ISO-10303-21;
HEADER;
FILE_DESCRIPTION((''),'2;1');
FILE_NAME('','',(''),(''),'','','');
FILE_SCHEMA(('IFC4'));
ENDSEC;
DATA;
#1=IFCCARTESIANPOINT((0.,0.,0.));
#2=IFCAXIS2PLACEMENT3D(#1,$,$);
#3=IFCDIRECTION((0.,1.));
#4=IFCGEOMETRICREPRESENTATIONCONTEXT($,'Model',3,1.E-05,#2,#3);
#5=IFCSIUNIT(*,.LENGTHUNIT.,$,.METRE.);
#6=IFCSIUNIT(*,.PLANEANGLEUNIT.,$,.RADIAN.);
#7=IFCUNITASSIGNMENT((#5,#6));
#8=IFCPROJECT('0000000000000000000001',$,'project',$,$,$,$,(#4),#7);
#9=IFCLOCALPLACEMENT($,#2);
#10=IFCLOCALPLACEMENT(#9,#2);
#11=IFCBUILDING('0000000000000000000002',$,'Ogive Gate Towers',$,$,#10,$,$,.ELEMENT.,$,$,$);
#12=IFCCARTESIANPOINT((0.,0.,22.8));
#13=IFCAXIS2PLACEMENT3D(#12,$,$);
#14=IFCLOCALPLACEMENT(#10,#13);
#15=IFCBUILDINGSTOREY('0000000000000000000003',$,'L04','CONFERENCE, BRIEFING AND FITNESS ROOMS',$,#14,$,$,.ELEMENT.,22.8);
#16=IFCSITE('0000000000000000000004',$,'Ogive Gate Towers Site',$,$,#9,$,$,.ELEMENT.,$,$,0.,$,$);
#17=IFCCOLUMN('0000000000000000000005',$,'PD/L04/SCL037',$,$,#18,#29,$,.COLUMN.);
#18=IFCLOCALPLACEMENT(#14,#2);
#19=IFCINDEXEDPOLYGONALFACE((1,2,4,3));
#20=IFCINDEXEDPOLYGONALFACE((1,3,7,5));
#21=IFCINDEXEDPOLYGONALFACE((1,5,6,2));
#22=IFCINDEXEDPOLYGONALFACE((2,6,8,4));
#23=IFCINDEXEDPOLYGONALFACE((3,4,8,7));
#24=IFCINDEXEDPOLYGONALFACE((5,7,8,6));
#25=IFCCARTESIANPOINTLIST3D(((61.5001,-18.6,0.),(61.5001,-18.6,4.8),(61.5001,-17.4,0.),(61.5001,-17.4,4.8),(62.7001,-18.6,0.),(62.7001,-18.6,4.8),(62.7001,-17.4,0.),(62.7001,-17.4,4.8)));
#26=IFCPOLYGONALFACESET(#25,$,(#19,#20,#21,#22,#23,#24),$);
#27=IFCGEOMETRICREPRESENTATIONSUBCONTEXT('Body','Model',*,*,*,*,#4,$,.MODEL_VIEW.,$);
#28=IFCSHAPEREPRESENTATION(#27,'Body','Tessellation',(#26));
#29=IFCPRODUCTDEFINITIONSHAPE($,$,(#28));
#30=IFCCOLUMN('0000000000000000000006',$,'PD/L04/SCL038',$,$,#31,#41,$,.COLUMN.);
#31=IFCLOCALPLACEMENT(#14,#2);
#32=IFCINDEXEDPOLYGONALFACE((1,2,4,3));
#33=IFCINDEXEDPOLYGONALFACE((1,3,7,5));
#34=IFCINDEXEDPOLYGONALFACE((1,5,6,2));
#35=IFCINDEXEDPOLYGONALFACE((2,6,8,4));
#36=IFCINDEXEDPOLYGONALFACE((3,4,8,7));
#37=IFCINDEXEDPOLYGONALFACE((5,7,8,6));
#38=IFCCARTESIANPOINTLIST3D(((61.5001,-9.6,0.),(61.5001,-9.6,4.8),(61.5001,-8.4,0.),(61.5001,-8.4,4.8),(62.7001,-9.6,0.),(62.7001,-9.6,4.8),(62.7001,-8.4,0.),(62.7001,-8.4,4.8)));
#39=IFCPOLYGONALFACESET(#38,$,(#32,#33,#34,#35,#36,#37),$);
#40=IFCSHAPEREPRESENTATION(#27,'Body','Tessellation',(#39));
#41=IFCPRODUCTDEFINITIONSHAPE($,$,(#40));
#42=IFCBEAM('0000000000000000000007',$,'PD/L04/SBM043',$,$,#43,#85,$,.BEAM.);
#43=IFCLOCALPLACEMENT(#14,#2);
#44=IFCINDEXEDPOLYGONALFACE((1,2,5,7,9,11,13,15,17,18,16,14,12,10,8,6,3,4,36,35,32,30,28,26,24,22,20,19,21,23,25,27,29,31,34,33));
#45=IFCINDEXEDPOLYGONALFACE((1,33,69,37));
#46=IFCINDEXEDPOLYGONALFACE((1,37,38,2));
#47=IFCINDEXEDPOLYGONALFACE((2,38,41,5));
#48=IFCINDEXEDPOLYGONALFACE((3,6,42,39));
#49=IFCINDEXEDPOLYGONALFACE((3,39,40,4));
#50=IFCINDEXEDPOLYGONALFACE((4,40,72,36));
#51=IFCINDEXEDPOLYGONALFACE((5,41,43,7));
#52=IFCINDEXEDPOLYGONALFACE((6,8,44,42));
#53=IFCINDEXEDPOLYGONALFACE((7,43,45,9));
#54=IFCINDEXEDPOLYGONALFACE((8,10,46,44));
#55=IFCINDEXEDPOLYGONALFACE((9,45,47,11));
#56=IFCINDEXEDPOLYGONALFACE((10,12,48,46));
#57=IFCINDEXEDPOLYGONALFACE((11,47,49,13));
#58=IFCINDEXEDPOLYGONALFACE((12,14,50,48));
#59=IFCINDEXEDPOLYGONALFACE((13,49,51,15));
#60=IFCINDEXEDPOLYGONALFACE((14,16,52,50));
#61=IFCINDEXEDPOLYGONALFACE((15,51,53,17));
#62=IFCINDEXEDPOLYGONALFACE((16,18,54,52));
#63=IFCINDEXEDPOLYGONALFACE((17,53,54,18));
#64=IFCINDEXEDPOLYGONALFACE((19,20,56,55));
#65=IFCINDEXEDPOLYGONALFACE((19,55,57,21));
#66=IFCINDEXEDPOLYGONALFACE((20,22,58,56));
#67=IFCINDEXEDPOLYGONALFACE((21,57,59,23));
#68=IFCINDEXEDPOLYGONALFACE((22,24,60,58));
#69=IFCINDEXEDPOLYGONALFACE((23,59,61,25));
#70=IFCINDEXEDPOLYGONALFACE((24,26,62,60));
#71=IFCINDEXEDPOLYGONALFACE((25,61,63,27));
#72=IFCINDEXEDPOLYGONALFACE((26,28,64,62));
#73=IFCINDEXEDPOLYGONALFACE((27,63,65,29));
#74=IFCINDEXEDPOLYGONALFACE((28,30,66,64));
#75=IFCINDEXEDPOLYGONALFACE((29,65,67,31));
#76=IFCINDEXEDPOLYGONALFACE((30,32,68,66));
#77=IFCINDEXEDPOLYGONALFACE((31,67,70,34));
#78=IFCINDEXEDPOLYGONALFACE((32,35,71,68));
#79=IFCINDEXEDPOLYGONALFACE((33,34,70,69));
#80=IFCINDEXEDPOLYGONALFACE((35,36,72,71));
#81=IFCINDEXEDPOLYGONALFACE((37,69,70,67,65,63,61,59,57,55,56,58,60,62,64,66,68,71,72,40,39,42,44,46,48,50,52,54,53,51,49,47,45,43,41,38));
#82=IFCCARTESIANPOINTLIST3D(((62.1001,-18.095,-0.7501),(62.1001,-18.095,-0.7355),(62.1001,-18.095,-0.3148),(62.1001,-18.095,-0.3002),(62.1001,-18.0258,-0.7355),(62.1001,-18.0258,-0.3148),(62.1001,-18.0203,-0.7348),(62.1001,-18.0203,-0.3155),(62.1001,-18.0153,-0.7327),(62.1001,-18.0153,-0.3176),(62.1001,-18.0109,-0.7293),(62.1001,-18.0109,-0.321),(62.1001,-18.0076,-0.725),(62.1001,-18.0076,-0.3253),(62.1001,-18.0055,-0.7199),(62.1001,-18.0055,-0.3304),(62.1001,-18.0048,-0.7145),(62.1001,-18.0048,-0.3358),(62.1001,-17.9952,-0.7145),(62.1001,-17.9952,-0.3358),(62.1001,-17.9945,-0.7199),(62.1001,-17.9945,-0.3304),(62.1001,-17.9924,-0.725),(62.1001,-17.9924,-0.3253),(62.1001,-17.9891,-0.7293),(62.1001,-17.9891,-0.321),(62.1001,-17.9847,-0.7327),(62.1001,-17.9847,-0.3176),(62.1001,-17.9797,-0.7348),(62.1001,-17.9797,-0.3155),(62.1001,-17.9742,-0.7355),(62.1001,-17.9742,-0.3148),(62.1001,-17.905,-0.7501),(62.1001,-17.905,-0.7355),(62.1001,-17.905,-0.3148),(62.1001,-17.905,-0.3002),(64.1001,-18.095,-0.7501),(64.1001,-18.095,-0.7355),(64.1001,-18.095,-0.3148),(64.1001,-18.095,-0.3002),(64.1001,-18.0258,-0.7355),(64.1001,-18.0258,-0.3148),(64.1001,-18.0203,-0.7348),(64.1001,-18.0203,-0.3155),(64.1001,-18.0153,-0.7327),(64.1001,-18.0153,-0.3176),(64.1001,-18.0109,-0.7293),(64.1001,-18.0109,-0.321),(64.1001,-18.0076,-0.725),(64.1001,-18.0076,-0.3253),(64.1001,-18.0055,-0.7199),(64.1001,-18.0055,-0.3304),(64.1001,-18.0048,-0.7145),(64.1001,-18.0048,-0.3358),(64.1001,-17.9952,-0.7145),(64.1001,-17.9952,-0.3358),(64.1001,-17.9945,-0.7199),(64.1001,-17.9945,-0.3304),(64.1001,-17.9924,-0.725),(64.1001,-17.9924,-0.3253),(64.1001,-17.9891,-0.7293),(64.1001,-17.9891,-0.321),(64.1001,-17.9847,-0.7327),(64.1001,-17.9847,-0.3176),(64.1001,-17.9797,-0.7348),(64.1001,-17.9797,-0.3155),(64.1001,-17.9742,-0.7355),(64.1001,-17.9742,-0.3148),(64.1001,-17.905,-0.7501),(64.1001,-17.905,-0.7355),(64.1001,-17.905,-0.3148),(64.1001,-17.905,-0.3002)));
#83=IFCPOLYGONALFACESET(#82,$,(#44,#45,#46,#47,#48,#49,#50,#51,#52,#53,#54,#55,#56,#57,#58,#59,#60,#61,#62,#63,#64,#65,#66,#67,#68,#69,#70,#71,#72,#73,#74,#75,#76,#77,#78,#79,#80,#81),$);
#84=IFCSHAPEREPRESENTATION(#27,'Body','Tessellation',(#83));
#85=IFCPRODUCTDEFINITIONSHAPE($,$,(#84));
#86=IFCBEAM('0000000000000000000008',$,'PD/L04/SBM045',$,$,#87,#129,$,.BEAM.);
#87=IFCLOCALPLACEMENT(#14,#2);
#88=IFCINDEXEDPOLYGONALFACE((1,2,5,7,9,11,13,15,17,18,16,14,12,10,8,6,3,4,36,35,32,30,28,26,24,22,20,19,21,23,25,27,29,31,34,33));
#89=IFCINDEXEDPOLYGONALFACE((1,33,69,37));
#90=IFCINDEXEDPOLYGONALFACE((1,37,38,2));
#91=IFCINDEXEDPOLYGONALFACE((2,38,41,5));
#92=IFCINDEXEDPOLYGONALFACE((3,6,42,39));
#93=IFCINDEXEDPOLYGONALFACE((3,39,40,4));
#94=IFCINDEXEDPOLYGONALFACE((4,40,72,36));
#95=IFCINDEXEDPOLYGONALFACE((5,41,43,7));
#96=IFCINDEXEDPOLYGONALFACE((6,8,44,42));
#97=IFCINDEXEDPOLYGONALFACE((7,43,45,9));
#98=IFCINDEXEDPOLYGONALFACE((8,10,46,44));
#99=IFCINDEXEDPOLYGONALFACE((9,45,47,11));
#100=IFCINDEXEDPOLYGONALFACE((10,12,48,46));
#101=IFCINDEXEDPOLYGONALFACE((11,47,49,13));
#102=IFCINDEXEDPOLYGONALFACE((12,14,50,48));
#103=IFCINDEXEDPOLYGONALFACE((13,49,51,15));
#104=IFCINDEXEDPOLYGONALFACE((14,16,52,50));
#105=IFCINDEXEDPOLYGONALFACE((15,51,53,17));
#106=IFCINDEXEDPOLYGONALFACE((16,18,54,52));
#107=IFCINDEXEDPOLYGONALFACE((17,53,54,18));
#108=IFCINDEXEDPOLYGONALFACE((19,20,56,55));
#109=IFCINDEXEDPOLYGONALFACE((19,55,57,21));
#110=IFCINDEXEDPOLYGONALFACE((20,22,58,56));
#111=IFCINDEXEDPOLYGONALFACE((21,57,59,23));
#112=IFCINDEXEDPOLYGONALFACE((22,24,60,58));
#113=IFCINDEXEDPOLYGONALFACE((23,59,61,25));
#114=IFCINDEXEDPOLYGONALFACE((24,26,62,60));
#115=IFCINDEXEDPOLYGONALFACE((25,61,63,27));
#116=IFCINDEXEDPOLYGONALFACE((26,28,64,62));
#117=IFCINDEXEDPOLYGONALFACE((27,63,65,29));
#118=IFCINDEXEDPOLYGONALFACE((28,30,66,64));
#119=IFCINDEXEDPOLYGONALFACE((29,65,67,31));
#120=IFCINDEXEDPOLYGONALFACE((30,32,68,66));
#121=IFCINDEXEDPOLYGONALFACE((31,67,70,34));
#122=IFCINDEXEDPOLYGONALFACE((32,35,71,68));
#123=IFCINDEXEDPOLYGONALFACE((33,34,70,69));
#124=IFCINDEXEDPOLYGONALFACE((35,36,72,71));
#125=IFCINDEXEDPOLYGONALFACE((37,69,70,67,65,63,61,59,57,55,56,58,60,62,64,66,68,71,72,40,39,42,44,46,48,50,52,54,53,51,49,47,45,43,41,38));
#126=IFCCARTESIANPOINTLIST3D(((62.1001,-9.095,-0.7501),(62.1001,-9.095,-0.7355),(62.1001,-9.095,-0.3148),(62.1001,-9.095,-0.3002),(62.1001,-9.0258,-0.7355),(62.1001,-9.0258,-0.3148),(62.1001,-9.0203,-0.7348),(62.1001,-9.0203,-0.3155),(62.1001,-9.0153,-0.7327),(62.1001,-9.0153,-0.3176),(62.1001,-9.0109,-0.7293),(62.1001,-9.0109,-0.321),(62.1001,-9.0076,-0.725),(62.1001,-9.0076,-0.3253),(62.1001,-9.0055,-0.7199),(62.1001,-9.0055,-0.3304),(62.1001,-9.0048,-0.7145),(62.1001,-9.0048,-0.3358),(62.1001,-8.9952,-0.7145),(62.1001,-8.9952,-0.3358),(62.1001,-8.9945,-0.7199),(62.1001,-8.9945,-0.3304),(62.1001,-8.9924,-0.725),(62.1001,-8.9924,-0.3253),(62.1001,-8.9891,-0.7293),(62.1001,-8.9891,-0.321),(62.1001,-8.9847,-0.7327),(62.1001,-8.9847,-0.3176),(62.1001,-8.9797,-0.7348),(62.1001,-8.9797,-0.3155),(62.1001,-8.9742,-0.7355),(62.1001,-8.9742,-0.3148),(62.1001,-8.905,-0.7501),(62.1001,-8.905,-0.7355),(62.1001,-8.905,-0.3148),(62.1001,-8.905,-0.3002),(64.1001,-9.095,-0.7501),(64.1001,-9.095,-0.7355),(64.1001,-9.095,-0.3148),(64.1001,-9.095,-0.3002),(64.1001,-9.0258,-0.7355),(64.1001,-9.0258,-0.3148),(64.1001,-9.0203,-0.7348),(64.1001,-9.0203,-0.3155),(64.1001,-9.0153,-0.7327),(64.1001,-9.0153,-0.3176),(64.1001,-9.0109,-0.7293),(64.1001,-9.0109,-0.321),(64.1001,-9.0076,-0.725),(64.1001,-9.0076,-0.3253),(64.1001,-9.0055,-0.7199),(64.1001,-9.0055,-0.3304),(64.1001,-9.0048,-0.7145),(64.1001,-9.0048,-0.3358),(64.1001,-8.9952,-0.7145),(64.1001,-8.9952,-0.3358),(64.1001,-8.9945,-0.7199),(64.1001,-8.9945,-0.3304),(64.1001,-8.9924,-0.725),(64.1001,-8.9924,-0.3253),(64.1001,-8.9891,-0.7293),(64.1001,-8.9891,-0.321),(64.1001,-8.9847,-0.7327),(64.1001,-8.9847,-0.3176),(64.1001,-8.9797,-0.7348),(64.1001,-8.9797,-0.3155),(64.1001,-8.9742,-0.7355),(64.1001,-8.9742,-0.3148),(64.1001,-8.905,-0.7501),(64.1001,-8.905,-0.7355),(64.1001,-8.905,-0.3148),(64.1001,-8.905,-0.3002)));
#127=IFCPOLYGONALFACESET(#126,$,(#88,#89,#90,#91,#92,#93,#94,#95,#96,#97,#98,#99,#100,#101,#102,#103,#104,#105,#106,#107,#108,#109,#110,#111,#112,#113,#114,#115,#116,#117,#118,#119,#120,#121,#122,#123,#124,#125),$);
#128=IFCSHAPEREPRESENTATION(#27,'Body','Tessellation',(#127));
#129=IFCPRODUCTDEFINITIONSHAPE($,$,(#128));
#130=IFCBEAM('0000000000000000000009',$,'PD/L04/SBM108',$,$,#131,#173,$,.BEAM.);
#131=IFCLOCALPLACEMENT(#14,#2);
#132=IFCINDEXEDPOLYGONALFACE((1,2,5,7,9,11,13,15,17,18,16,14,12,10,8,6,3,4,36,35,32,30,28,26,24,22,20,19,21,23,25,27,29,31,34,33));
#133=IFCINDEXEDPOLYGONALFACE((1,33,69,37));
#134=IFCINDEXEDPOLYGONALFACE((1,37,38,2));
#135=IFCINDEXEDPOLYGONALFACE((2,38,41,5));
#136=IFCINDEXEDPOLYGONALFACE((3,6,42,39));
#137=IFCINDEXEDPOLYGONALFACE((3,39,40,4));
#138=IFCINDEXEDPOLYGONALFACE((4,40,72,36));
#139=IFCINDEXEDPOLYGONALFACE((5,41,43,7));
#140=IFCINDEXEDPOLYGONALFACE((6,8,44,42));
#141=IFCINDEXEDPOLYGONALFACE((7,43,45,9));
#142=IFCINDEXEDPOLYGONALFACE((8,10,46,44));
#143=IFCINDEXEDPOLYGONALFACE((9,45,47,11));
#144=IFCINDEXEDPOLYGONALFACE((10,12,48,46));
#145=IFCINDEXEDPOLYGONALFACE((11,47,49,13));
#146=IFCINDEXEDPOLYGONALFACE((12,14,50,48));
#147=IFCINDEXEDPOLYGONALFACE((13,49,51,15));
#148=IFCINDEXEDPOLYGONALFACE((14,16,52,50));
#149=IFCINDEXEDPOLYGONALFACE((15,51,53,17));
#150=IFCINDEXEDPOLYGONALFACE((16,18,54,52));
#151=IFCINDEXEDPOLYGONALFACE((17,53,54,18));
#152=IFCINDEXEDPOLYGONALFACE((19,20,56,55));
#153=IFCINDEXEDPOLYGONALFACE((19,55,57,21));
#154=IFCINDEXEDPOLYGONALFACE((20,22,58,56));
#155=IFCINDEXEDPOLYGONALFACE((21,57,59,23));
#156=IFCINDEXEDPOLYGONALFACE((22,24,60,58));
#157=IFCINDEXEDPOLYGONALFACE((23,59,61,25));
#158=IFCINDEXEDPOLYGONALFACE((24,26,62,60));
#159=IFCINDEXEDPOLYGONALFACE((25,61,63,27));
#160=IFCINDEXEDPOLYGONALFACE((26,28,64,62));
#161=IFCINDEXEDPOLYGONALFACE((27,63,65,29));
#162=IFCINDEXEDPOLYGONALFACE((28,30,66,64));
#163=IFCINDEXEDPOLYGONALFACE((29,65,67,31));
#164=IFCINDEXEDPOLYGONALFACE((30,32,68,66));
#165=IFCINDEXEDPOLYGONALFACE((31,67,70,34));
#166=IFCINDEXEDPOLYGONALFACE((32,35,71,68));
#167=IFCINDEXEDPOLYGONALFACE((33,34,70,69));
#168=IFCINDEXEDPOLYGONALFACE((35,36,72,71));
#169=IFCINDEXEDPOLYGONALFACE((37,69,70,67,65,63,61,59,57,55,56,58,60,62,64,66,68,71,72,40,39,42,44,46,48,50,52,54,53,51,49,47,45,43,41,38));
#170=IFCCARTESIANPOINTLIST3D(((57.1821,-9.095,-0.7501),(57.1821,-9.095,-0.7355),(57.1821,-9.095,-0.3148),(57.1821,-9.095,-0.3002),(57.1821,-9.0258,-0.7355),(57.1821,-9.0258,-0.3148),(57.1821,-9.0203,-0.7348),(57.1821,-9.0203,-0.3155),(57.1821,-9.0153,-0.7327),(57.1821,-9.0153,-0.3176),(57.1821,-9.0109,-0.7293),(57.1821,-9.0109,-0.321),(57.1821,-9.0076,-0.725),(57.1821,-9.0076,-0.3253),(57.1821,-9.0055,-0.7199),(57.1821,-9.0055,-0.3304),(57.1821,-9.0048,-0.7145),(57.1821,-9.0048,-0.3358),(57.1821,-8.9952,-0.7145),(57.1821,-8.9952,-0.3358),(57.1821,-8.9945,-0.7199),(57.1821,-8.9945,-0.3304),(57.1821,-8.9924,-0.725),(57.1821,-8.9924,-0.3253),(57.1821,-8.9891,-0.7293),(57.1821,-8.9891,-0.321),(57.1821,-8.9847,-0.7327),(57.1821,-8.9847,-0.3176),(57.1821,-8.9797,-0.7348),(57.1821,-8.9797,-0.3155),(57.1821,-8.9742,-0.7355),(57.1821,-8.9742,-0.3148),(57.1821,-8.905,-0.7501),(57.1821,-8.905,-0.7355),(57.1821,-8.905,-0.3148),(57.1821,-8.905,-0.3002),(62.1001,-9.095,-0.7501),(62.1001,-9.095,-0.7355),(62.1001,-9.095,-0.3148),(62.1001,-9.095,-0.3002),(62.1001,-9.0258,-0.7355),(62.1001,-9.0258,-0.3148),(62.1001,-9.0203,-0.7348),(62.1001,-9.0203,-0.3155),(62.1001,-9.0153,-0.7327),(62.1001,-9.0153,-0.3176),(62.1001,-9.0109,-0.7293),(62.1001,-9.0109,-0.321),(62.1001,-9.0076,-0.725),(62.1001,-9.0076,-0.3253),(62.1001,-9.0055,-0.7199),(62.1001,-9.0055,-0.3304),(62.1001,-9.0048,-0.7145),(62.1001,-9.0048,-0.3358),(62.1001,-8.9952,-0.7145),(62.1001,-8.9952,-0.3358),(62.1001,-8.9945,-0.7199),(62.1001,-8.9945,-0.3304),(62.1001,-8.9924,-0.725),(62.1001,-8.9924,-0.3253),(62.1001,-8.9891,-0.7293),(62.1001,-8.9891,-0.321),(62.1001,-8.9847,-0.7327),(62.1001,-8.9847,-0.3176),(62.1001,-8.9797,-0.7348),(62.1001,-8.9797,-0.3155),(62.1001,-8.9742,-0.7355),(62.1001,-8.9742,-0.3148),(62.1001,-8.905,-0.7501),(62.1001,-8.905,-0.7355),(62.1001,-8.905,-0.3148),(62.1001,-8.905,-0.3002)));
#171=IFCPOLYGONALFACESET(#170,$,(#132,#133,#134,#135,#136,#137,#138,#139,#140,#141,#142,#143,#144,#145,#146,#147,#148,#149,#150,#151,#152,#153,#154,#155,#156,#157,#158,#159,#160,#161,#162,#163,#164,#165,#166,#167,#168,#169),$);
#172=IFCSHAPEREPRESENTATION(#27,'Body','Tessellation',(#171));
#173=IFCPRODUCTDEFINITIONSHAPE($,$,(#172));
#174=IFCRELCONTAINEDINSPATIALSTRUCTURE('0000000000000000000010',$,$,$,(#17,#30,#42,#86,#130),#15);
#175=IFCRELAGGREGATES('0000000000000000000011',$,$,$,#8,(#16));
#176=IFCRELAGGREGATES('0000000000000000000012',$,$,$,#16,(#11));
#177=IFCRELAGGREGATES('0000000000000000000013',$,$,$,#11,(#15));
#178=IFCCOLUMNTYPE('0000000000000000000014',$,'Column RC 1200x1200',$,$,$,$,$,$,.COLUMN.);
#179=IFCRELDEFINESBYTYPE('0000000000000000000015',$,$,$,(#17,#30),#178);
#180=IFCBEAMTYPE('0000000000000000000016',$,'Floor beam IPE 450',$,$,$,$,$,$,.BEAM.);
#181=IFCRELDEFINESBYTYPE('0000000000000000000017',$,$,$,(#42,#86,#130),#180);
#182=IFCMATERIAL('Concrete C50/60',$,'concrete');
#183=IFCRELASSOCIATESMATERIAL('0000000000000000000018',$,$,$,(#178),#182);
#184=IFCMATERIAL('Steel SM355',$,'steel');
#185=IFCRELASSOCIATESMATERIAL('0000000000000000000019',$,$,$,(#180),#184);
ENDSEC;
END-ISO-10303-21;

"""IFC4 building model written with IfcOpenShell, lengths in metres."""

from ifc_helpers import new_model, si_unit, direction, frame, origin, origin_2d, place, context, subcontext, project, spatial, rectangle, i_section, extrude, material, material_profile, profile_set, type_object, element, save


model = new_model("IFC4")

# Units and contexts
model_context = context("Model", 3, precision=1e-05, world=origin(), true_north=direction((0.0, 1.0)))
body_context = subcontext(model_context, "Body", "Model", "MODEL_VIEW")
ifc_project = project(units=[si_unit("LENGTHUNIT", "METRE"), si_unit("PLANEANGLEUNIT", "RADIAN")], contexts=[model_context])

# Site, building, storey
site_placement = place(None, origin())
site = spatial("IfcSite", under=ifc_project, at=site_placement, Name="Ogive Gate Towers Site", CompositionType="ELEMENT", RefElevation=0.0)
building_placement = place(site_placement, origin())
building = spatial("IfcBuilding", under=site, at=building_placement, Name="Ogive Gate Towers", CompositionType="ELEMENT")
storey_placement = place(building_placement, frame((0.0, 0.0, 22.8)))
storey = spatial("IfcBuildingStorey", under=building, at=storey_placement, Name="L04", Description="CONFERENCE, BRIEFING AND FITNESS ROOMS", CompositionType="ELEMENT", Elevation=22.8)

# Columns
ifc_material_1 = material(Name="Concrete C50/60", Category="concrete")
ifc_material_profile_1 = material_profile(ifc_material_1, rectangle(XDim=1.2, YDim=1.2, at=origin_2d()), Name="RC 1200x1200")
ifc_profile_set_1 = profile_set([ifc_material_profile_1], Name="Concrete C50/60")
column_type = type_object("IfcColumnType", Name="Column RC 1200x1200", PredefinedType="COLUMN", material=ifc_profile_set_1)
for number, where, z_axis, x_axis, name in (
    (1, (62.1001, -18.0, 0.0), (0.0, 0.0, 1.0), (1.0, 0.0, 0.0), "PD/L04/SCL037"),
    (2, (62.1001, -9.0, 0.0), (0.0, 0.0, 1.0), (1.0, 0.0, 0.0), "PD/L04/SCL038"),
):
    element("IfcColumn", number, at=place(storey_placement, frame(where, z_axis=z_axis, x_axis=x_axis)), inside=storey, type_object=column_type, Name=name, PredefinedType="COLUMN", context=body_context, shape_type="SweptSolid", body=[
        extrude(rectangle(XDim=1.2, YDim=1.2, at=origin_2d()), origin(), (0.0, 0.0, 1.0), 4.8),
    ])

# Beams
ifc_material_2 = material(Name="Steel SM355", Category="steel")
ifc_material_profile_2 = material_profile(ifc_material_2, i_section(OverallWidth=0.1899, OverallDepth=0.45, WebThickness=0.0095, FlangeThickness=0.0146, FilletRadius=0.021, at=origin_2d()), Name="IPE 450")
ifc_profile_set_2 = profile_set([ifc_material_profile_2], Name="Steel SM355")
beam_type_1 = type_object("IfcBeamType", Name="Floor beam IPE 450", PredefinedType="BEAM", material=ifc_profile_set_2)
for number, where, z_axis, x_axis, name in (
    (3, (62.1001, -18.0, -0.5251), (1.0, 0.0, 0.0), (0.0, 1.0, 0.0), "PD/L04/SBM043"),
    (4, (62.1001, -9.0, -0.5251), (1.0, 0.0, 0.0), (0.0, 1.0, 0.0), "PD/L04/SBM045"),
):
    element("IfcBeam", number, at=place(storey_placement, frame(where, z_axis=z_axis, x_axis=x_axis)), inside=storey, type_object=beam_type_1, Name=name, PredefinedType="BEAM", context=body_context, shape_type="SweptSolid", body=[
        extrude(i_section(OverallWidth=0.1899, OverallDepth=0.45, WebThickness=0.0095, FlangeThickness=0.0146, FilletRadius=0.021, at=origin_2d()), origin(), (0.0, 0.0, 1.0), 2.0),
    ])
beam_1_placement = place(storey_placement, frame((62.1001, -9.0, -0.5251), z_axis=(-1.0, 0.0, 0.0), x_axis=(0.0, -1.0, 0.0)))
element("IfcBeam", 5, at=beam_1_placement, inside=storey, type_object=beam_type_1, Name="PD/L04/SBM108", PredefinedType="BEAM", context=body_context, shape_type="SweptSolid", body=[
    extrude(i_section(OverallWidth=0.1899, OverallDepth=0.45, WebThickness=0.0095, FlangeThickness=0.0146, FilletRadius=0.021, at=origin_2d()), origin(), (0.0, 0.0, 1.0), 4.918),
])

save(model, "model.ifc")
